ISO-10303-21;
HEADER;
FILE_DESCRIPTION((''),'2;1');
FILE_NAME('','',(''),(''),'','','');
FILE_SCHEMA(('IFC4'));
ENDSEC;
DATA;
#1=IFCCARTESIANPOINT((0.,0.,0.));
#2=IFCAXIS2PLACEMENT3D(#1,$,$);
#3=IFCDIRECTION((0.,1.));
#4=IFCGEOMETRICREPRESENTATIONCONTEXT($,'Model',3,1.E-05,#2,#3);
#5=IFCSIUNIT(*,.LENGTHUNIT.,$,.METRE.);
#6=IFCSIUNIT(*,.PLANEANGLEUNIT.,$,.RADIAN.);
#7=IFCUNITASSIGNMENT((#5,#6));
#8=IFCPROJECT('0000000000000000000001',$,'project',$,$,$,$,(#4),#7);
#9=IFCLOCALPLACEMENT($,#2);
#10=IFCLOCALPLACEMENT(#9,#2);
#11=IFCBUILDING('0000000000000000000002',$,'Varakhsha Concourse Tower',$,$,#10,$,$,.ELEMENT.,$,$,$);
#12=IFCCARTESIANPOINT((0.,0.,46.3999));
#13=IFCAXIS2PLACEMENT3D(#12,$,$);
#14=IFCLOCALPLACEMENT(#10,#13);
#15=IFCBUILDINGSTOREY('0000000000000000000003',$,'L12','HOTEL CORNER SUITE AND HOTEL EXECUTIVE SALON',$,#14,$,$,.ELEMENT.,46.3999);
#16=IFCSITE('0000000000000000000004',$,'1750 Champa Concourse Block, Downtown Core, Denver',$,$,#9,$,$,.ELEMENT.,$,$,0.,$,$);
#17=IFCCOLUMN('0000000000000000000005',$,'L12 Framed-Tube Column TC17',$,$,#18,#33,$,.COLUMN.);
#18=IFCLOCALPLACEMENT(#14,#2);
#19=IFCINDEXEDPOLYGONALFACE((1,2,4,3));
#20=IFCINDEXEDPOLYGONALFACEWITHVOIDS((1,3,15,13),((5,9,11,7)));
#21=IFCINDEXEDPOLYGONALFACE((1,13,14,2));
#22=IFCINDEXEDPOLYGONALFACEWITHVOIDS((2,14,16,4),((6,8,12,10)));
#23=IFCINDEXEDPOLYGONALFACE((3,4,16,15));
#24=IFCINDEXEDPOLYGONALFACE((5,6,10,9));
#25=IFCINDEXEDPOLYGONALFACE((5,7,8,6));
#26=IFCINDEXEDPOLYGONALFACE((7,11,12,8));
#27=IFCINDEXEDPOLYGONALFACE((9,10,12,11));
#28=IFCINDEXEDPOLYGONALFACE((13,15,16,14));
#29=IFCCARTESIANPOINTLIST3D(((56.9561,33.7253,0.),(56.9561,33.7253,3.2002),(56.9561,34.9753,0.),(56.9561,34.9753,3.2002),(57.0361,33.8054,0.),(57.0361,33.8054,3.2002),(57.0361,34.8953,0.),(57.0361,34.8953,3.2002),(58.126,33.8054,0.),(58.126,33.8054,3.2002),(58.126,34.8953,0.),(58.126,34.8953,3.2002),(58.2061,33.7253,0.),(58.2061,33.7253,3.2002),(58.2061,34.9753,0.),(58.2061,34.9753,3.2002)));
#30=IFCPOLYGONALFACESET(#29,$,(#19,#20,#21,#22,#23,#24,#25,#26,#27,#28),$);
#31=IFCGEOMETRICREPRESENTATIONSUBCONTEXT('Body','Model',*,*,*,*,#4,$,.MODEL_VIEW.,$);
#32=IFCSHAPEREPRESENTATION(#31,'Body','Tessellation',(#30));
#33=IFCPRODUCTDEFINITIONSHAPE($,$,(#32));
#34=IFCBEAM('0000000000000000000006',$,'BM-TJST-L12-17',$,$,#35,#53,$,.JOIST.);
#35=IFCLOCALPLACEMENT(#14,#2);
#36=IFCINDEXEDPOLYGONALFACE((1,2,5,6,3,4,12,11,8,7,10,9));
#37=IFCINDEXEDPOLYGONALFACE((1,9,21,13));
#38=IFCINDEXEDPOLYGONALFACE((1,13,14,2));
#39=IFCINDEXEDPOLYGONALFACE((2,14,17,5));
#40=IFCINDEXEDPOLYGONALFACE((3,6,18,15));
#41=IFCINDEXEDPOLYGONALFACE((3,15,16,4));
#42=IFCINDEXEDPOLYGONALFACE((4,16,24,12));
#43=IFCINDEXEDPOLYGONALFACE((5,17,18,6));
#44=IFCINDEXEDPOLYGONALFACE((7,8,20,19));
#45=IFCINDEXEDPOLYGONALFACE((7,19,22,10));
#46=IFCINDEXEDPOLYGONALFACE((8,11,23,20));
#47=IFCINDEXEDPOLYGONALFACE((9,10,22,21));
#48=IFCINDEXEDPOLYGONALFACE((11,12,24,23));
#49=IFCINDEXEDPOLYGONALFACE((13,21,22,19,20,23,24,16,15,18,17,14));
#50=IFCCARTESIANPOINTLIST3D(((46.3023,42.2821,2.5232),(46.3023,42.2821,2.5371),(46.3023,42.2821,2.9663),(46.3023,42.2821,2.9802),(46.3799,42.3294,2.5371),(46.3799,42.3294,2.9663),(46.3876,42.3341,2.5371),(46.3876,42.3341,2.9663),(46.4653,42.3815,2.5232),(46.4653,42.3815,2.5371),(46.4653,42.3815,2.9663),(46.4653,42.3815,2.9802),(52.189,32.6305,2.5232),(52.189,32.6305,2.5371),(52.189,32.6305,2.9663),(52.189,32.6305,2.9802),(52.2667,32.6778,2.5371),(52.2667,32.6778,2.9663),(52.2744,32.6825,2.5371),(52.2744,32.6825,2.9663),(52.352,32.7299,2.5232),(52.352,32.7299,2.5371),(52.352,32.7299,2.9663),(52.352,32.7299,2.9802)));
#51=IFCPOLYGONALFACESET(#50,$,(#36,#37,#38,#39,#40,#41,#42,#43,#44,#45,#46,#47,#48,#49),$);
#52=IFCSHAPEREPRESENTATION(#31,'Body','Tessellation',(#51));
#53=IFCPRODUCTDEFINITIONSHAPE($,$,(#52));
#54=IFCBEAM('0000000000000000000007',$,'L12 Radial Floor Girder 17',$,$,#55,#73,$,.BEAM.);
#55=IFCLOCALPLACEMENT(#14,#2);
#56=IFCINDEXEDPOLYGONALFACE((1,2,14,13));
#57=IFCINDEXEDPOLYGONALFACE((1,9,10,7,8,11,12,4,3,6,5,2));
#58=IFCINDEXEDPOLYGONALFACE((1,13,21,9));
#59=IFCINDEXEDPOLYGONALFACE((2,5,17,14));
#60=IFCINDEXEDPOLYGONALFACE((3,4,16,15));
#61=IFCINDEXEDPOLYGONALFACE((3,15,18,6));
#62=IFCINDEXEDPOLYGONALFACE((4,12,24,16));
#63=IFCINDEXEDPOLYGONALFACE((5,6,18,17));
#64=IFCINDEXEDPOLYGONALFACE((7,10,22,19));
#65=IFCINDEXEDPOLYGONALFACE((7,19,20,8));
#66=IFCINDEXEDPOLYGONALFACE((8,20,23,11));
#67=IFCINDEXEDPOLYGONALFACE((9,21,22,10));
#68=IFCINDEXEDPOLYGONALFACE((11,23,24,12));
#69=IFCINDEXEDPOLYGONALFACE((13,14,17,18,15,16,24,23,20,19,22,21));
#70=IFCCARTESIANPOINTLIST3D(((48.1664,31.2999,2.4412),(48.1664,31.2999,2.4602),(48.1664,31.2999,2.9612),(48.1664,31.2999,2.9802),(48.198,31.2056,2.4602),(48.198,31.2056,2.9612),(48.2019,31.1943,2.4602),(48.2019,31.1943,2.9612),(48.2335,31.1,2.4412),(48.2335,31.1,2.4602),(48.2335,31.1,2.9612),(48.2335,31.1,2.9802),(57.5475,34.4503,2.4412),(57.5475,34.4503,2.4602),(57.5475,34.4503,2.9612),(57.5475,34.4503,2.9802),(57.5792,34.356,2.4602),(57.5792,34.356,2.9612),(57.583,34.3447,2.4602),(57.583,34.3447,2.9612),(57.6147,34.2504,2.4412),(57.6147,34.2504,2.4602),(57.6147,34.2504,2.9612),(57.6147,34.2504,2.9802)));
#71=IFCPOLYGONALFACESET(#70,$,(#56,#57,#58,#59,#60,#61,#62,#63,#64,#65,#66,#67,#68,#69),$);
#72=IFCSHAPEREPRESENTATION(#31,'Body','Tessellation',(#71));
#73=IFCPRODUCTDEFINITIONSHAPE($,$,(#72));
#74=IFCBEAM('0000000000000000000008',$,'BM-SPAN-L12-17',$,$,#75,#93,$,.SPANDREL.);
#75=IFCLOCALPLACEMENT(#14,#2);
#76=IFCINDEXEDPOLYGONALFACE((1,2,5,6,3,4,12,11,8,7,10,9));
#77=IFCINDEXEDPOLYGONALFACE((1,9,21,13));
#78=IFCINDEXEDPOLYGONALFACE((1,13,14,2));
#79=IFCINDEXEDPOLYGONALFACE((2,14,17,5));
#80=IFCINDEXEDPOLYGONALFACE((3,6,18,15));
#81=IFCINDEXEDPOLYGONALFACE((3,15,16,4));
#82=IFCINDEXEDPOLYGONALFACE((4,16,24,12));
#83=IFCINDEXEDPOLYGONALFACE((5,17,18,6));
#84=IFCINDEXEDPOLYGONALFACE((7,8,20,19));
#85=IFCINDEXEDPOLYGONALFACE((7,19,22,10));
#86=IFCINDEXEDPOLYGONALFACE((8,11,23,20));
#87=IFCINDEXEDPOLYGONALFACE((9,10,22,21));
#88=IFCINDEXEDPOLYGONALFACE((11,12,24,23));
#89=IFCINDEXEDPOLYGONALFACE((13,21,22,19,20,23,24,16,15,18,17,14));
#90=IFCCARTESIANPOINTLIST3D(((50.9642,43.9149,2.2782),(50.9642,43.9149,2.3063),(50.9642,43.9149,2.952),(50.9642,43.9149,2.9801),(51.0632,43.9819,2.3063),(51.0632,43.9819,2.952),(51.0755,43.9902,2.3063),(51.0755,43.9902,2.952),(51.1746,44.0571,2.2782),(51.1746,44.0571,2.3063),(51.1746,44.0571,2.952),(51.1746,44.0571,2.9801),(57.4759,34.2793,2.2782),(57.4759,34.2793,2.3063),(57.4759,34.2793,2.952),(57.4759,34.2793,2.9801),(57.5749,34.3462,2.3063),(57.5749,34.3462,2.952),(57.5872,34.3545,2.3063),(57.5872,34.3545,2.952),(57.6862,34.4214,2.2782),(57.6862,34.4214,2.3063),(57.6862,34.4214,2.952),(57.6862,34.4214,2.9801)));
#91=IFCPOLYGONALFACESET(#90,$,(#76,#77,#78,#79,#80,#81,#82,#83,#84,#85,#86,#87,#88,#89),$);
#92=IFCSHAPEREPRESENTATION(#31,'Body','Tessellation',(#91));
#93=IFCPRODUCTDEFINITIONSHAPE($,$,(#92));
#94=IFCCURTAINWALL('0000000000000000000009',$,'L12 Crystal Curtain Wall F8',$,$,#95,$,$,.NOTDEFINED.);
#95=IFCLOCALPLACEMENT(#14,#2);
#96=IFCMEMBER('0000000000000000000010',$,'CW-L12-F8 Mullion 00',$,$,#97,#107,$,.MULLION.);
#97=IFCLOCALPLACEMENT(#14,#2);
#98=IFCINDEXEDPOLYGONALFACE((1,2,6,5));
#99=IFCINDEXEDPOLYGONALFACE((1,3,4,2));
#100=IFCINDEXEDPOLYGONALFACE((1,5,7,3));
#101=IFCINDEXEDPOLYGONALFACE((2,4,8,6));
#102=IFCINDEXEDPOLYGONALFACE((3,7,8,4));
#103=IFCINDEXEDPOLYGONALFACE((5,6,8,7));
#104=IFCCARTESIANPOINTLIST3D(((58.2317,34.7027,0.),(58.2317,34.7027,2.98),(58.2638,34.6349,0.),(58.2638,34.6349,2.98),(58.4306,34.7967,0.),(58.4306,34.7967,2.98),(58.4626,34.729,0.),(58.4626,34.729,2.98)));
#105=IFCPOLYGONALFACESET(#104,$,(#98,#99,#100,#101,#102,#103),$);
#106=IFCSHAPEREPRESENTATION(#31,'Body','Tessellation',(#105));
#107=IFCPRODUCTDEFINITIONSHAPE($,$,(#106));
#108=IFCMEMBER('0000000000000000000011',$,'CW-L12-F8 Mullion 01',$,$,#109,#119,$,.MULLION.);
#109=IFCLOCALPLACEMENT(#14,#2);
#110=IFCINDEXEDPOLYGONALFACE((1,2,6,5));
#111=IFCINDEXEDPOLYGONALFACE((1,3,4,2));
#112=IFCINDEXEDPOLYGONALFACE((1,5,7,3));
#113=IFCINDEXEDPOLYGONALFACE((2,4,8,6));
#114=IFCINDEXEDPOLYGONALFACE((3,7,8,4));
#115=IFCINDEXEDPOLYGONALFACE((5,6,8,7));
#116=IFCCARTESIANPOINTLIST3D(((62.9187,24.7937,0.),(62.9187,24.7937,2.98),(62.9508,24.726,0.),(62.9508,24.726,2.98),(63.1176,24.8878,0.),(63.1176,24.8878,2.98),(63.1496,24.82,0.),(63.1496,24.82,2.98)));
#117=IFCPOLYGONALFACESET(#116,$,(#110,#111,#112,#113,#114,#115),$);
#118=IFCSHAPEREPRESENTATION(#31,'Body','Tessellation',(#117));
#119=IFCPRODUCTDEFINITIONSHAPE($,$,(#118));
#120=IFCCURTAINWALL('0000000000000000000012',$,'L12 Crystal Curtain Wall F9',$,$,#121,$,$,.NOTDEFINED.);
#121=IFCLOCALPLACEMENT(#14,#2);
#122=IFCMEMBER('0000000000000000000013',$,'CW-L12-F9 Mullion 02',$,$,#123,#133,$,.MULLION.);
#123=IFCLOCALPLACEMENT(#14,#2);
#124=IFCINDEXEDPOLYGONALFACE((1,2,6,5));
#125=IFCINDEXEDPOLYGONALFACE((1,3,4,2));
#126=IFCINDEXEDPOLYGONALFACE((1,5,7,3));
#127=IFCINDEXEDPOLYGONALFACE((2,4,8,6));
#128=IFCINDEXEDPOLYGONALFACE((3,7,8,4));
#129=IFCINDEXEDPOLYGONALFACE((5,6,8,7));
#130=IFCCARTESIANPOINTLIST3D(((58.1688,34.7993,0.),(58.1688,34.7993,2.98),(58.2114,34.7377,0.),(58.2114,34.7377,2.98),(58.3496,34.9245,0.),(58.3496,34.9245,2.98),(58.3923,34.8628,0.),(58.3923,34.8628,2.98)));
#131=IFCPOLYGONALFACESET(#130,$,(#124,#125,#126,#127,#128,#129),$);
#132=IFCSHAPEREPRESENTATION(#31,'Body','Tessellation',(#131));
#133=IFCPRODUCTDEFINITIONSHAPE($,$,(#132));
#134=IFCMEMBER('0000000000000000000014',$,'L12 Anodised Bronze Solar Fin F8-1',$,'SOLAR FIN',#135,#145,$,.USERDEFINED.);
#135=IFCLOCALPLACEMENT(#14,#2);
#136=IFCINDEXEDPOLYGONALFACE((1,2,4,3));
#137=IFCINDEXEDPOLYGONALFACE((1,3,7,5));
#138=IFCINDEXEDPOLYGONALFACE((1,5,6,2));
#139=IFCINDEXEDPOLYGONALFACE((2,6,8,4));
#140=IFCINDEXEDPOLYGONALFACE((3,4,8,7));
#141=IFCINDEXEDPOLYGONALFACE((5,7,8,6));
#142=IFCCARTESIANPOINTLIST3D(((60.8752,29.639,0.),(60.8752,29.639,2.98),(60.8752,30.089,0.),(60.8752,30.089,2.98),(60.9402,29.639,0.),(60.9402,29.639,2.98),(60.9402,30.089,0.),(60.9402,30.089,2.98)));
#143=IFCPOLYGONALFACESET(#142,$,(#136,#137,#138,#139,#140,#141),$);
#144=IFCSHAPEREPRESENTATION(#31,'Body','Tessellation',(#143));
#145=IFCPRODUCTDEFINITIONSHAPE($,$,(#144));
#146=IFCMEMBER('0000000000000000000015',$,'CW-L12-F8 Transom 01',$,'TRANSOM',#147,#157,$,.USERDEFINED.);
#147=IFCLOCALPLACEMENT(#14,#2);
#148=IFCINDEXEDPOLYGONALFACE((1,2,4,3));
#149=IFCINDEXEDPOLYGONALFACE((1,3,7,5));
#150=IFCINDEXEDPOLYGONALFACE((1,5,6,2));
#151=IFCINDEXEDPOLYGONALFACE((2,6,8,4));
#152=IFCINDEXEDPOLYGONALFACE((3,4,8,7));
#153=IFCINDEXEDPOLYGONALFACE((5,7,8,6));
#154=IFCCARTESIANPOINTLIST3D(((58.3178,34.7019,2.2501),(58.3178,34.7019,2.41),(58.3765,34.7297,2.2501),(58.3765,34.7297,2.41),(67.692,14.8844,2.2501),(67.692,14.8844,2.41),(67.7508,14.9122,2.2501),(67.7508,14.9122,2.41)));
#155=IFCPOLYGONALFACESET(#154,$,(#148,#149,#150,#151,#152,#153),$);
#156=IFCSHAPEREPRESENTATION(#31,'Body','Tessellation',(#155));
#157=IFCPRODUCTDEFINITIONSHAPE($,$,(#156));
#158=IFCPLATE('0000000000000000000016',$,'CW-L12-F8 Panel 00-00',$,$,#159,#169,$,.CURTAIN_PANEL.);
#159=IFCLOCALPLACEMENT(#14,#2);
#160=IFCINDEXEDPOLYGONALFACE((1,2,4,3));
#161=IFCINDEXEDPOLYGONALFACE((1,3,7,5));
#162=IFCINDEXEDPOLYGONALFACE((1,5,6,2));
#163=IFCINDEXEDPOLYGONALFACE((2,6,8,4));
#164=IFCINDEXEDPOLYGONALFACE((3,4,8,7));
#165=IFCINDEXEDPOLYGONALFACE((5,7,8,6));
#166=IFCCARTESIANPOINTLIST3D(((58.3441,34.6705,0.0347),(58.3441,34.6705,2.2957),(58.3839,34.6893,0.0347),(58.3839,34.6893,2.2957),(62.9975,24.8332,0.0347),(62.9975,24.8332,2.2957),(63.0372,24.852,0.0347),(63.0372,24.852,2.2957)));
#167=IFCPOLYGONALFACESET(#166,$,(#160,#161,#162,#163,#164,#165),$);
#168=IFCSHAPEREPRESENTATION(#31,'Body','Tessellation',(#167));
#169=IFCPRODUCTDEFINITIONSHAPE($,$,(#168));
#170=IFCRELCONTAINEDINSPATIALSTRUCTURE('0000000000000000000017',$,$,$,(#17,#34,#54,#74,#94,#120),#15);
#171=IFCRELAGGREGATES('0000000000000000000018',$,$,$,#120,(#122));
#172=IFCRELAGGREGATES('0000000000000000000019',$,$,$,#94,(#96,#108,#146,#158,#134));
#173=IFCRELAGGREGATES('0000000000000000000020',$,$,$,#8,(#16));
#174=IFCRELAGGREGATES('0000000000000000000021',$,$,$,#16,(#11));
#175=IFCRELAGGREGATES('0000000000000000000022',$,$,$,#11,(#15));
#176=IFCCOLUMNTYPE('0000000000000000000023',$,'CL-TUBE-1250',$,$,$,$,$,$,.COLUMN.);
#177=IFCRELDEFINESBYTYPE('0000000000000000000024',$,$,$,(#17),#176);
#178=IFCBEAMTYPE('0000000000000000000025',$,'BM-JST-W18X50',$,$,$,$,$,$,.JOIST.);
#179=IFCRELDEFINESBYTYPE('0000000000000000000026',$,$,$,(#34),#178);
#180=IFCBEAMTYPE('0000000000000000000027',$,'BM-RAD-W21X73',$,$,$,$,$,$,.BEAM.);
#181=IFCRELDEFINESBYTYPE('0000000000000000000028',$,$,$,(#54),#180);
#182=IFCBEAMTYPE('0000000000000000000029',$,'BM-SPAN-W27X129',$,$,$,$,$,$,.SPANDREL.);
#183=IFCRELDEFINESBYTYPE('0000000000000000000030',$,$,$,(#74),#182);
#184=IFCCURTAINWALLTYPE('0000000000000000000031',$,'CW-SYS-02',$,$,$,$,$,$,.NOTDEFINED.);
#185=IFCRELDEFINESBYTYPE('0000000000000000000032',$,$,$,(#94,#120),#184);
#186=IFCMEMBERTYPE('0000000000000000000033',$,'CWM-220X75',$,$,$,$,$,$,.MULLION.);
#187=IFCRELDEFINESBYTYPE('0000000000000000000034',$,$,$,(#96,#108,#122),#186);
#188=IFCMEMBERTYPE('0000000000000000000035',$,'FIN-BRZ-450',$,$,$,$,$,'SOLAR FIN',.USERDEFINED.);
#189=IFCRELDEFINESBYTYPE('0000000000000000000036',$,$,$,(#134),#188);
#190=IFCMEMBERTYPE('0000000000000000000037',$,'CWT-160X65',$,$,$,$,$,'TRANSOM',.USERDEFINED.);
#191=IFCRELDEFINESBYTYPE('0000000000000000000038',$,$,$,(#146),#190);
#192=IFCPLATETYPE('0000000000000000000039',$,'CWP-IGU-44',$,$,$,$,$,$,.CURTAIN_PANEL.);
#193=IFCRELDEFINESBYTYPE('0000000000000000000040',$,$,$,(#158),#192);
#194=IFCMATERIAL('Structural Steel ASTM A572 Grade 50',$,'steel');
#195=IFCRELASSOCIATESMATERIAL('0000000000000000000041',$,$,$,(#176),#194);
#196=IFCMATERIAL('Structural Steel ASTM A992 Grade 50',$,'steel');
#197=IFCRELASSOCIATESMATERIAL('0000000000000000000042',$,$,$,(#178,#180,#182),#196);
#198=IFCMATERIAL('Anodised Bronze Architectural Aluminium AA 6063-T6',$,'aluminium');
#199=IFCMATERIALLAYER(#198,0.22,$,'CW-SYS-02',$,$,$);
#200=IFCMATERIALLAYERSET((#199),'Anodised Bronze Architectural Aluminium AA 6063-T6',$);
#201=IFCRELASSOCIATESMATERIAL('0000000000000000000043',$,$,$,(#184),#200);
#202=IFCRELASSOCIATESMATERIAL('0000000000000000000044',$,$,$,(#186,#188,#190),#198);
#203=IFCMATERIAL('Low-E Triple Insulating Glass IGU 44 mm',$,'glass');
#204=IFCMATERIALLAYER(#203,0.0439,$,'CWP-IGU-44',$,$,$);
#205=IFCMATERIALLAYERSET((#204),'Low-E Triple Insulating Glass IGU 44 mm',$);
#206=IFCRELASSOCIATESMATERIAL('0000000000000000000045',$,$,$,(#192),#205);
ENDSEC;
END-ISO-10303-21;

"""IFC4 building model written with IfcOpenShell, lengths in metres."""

from ifc_helpers import new_model, si_unit, direction, frame, origin, origin_2d, place, context, subcontext, project, spatial, rectangle, hollow_rectangle, i_section, extrude, source, transform, mapped, material, layer, layer_set, material_profile, profile_set, type_object, type_shapes, element, aggregate, save


model = new_model("IFC4")

# Units and contexts
model_context = context("Model", 3, precision=1e-05, world=origin(), true_north=direction((0.0, 1.0)))
body_context = subcontext(model_context, "Body", "Model", "MODEL_VIEW")
ifc_project = project(units=[si_unit("LENGTHUNIT", "METRE"), si_unit("PLANEANGLEUNIT", "RADIAN")], contexts=[model_context])

# Site, building, storey
site_placement = place(None, origin())
site = spatial("IfcSite", under=ifc_project, at=site_placement, Name="1750 Champa Concourse Block, Downtown Core, Denver", CompositionType="ELEMENT", RefElevation=0.0)
building_placement = place(site_placement, origin())
building = spatial("IfcBuilding", under=site, at=building_placement, Name="Varakhsha Concourse Tower", CompositionType="ELEMENT")
storey_placement = place(building_placement, frame((0.0, 0.0, 46.3999)))
storey = spatial("IfcBuildingStorey", under=building, at=storey_placement, Name="L12", Description="HOTEL CORNER SUITE AND HOTEL EXECUTIVE SALON", CompositionType="ELEMENT", Elevation=46.3999)

# Column
ifc_material_1 = material(Name="Structural Steel ASTM A572 Grade 50", Category="steel")
ifc_material_profile_1 = material_profile(ifc_material_1, hollow_rectangle(XDim=1.25, YDim=1.25, WallThickness=0.0801, at=origin_2d()), Name="BOX 1250x1250x80")
ifc_profile_set_1 = profile_set([ifc_material_profile_1], Name="Structural Steel ASTM A572 Grade 50")
column_type = type_object("IfcColumnType", Name="CL-TUBE-1250", PredefinedType="COLUMN", material=ifc_profile_set_1)
column_placement = place(storey_placement, frame((57.5811, 34.3503, 0.0), z_axis=(0.0, 0.0, 1.0), x_axis=(1.0, 0.0, 0.0)))
element("IfcColumn", 1, at=column_placement, inside=storey, type_object=column_type, Name="L12 Framed-Tube Column TC17", PredefinedType="COLUMN", context=body_context, shape_type="SweptSolid", body=[
    extrude(hollow_rectangle(XDim=1.25, YDim=1.25, WallThickness=0.0801, at=origin_2d()), origin(), (0.0, 0.0, 1.0), 3.2002),
])

# Beams
ifc_material_2 = material(Name="Structural Steel ASTM A992 Grade 50", Category="steel")
ifc_material_profile_2 = material_profile(ifc_material_2, i_section(OverallWidth=0.1909, OverallDepth=0.457, WebThickness=0.009, FlangeThickness=0.0139, at=origin_2d()), Name="W18X50")
ifc_profile_set_2 = profile_set([ifc_material_profile_2], Name="Structural Steel ASTM A992 Grade 50")
beam_type_1 = type_object("IfcBeamType", Name="BM-JST-W18X50", PredefinedType="JOIST", material=ifc_profile_set_2)
beam_1_placement = place(storey_placement, frame((52.2705, 32.6802, 2.7517), z_axis=(-0.52071, 0.853734, 0.0), x_axis=(-0.853734, -0.52071, 0.0)))
element("IfcBeam", 2, at=beam_1_placement, inside=storey, type_object=beam_type_1, Name="BM-TJST-L12-17", PredefinedType="JOIST", context=body_context, shape_type="SweptSolid", body=[
    extrude(i_section(OverallWidth=0.1909, OverallDepth=0.457, WebThickness=0.009, FlangeThickness=0.0139, at=origin_2d()), origin(), (0.0, 0.0, 1.0), 11.3052),
])
ifc_material_profile_3 = material_profile(ifc_material_2, i_section(OverallWidth=0.2109, OverallDepth=0.5391, WebThickness=0.012, FlangeThickness=0.019, at=origin_2d()), Name="W21X73")
ifc_profile_set_3 = profile_set([ifc_material_profile_3], Name="Structural Steel ASTM A992 Grade 50")
beam_type_2 = type_object("IfcBeamType", Name="BM-RAD-W21X73", PredefinedType="BEAM", material=ifc_profile_set_3)
beam_2_placement = place(storey_placement, frame((48.2, 31.2, 2.7107), z_axis=(0.947973, 0.318351, 0.0), x_axis=(-0.318351, 0.947973, 0.0)))
element("IfcBeam", 3, at=beam_2_placement, inside=storey, type_object=beam_type_2, Name="L12 Radial Floor Girder 17", PredefinedType="BEAM", context=body_context, shape_type="SweptSolid", body=[
    extrude(i_section(OverallWidth=0.2109, OverallDepth=0.5391, WebThickness=0.012, FlangeThickness=0.019, at=origin_2d()), origin(), (0.0, 0.0, 1.0), 9.896),
])
ifc_material_profile_4 = material_profile(ifc_material_2, i_section(OverallWidth=0.2539, OverallDepth=0.7019, WebThickness=0.0149, FlangeThickness=0.0281, at=origin_2d()), Name="W27X129")
ifc_profile_set_4 = profile_set([ifc_material_profile_4], Name="Structural Steel ASTM A992 Grade 50")
beam_type_3 = type_object("IfcBeamType", Name="BM-SPAN-W27X129", PredefinedType="SPANDREL", material=ifc_profile_set_4)
beam_3_placement = place(storey_placement, frame((57.5811, 34.3503, 2.6292), z_axis=(-0.559921, 0.828546, 0.0), x_axis=(-0.828546, -0.559921, 0.0)))
element("IfcBeam", 4, at=beam_3_placement, inside=storey, type_object=beam_type_3, Name="BM-SPAN-L12-17", PredefinedType="SPANDREL", context=body_context, shape_type="SweptSolid", body=[
    extrude(i_section(OverallWidth=0.2539, OverallDepth=0.7019, WebThickness=0.0149, FlangeThickness=0.0281, at=origin_2d()), origin(), (0.0, 0.0, 1.0), 11.6296),
])

# Curtain wall, members
ifc_material_3 = material(Name="Anodised Bronze Architectural Aluminium AA 6063-T6", Category="aluminium")
ifc_layer_1 = layer(ifc_material_3, 0.22, Name="CW-SYS-02")
ifc_layer_set_1 = layer_set([ifc_layer_1], Name="Anodised Bronze Architectural Aluminium AA 6063-T6")
curtain_wall_type = type_object("IfcCurtainWallType", Name="CW-SYS-02", PredefinedType="NOTDEFINED", material=ifc_layer_set_1)
curtain_wall_1_placement = place(storey_placement, origin())
curtain_wall_1 = element("IfcCurtainWall", 5, at=curtain_wall_1_placement, inside=storey, type_object=curtain_wall_type, Name="L12 Crystal Curtain Wall F8", PredefinedType="NOTDEFINED")
ifc_material_profile_5 = material_profile(ifc_material_3, rectangle(XDim=0.075, YDim=0.22, at=origin_2d()), Name="CWM-220X75")
ifc_profile_set_5 = profile_set([ifc_material_profile_5], Name="Anodised Bronze Architectural Aluminium AA 6063-T6")
member_type_1 = type_object("IfcMemberType", Name="CWM-220X75", PredefinedType="MULLION", material=ifc_profile_set_5)
shared_shape_1 = source(origin(), body_context, "Body", "SweptSolid", [
    extrude(rectangle(XDim=0.075, YDim=0.22, at=origin_2d()), origin(), (0.0, 0.0, 1.0), 2.98),
])
type_shapes(member_type_1, [shared_shape_1])
member_1_placement = place(storey_placement, frame((58.3472, 34.7158, 0.0), z_axis=(0.0, 0.0, 1.0), x_axis=(0.427604, -0.903966, 0.0)))
member_1 = element("IfcMember", 6, at=member_1_placement, type_object=member_type_1, Name="CW-L12-F8 Mullion 00", PredefinedType="MULLION", context=body_context, shape_type="MappedRepresentation", body=[
    mapped(shared_shape_1, transform((0.0, 0.0, 0.0), scale=1.0)),
])
member_2_placement = place(storey_placement, frame((63.0342, 24.8069, 0.0), z_axis=(0.0, 0.0, 1.0), x_axis=(0.427604, -0.903966, 0.0)))
member_2 = element("IfcMember", 7, at=member_2_placement, type_object=member_type_1, Name="CW-L12-F8 Mullion 01", PredefinedType="MULLION", context=body_context, shape_type="MappedRepresentation", body=[
    mapped(shared_shape_1, transform((0.0, 0.0, 0.0), scale=1.0)),
])

# Curtain wall, member
curtain_wall_2_placement = place(storey_placement, origin())
curtain_wall_2 = element("IfcCurtainWall", 8, at=curtain_wall_2_placement, inside=storey, type_object=curtain_wall_type, Name="L12 Crystal Curtain Wall F9", PredefinedType="NOTDEFINED")
member_3_placement = place(storey_placement, frame((58.2805, 34.8311, 0.0), z_axis=(0.0, 0.0, 1.0), x_axis=(0.569057, -0.822298, 0.0)))
member_3 = element("IfcMember", 9, at=member_3_placement, type_object=member_type_1, Name="CW-L12-F9 Mullion 02", PredefinedType="MULLION", context=body_context, shape_type="MappedRepresentation", body=[
    mapped(shared_shape_1, transform((0.0, 0.0, 0.0), scale=1.0)),
])
aggregate(curtain_wall_2, [member_3])

# Members
ifc_material_profile_6 = material_profile(ifc_material_3, rectangle(XDim=0.0649, YDim=0.45, at=origin_2d()), Name="FIN-BRZ-450")
ifc_profile_set_6 = profile_set([ifc_material_profile_6], Name="Anodised Bronze Architectural Aluminium AA 6063-T6")
member_type_2 = type_object("IfcMemberType", Name="FIN-BRZ-450", ElementType="SOLAR FIN", PredefinedType="USERDEFINED", material=ifc_profile_set_6)
shared_shape_2 = source(origin(), body_context, "Body", "SweptSolid", [
    extrude(rectangle(XDim=0.0649, YDim=0.45, at=origin_2d()), origin(), (0.0, 0.0, 1.0), 2.98),
])
type_shapes(member_type_2, [shared_shape_2])
member_4_placement = place(storey_placement, frame((60.9077, 29.864, 0.0), z_axis=(0.0, 0.0, 1.0), x_axis=(1.0, 0.0, 0.0)))
member_4 = element("IfcMember", 10, at=member_4_placement, type_object=member_type_2, Name="L12 Anodised Bronze Solar Fin F8-1", ObjectType="SOLAR FIN", PredefinedType="USERDEFINED", context=body_context, shape_type="MappedRepresentation", body=[
    mapped(shared_shape_2, transform((0.0, 0.0, 0.0), scale=1.0)),
])
ifc_material_profile_7 = material_profile(ifc_material_3, rectangle(XDim=0.0649, YDim=0.1599, at=origin_2d()), Name="CWT-160X65")
ifc_profile_set_7 = profile_set([ifc_material_profile_7], Name="Anodised Bronze Architectural Aluminium AA 6063-T6")
member_type_3 = type_object("IfcMemberType", Name="CWT-160X65", ElementType="TRANSOM", PredefinedType="USERDEFINED", material=ifc_profile_set_7)
shared_shape_3 = source(origin(), body_context, "Body", "SweptSolid", [
    extrude(rectangle(XDim=0.0649, YDim=0.1599, at=origin_2d()), origin(), (0.0, 0.0, 1.0), 21.9229),
])
type_shapes(member_type_3, [shared_shape_3])
member_5_placement = place(storey_placement, frame((58.3472, 34.7158, 2.3301), z_axis=(0.427601, -0.903968, 0.0), x_axis=(0.903968, 0.427601, 0.0)))
member_5 = element("IfcMember", 11, at=member_5_placement, type_object=member_type_3, Name="CW-L12-F8 Transom 01", ObjectType="TRANSOM", PredefinedType="USERDEFINED", context=body_context, shape_type="MappedRepresentation", body=[
    mapped(shared_shape_3, transform((0.0, 0.0, 0.0), scale=1.0)),
])

# Plate
ifc_material_4 = material(Name="Low-E Triple Insulating Glass IGU 44 mm", Category="glass")
ifc_layer_2 = layer(ifc_material_4, 0.0439, Name="CWP-IGU-44")
ifc_layer_set_2 = layer_set([ifc_layer_2], Name="Low-E Triple Insulating Glass IGU 44 mm")
plate_type_1 = type_object("IfcPlateType", Name="CWP-IGU-44", PredefinedType="CURTAIN_PANEL", material=ifc_layer_set_2)
shared_shape_4 = source(origin(), body_context, "Body", "SweptSolid", [
    extrude(rectangle(XDim=10.8823, YDim=0.0439, at=origin_2d()), origin(), (0.0, 0.0, 1.0), 2.261),
])
type_shapes(plate_type_1, [shared_shape_4])
plate_1_placement = place(storey_placement, frame((60.6907, 29.7612, 0.0347), z_axis=(0.0, 0.0, 1.0), x_axis=(0.427604, -0.903966, 0.0)))
plate_1 = element("IfcPlate", 12, at=plate_1_placement, type_object=plate_type_1, Name="CW-L12-F8 Panel 00-00", PredefinedType="CURTAIN_PANEL", context=body_context, shape_type="MappedRepresentation", body=[
    mapped(shared_shape_4, transform((0.0, 0.0, 0.0), scale=1.0)),
])
aggregate(curtain_wall_1, [member_1, member_2, member_5, plate_1, member_4])

save(model, "model.ifc")
